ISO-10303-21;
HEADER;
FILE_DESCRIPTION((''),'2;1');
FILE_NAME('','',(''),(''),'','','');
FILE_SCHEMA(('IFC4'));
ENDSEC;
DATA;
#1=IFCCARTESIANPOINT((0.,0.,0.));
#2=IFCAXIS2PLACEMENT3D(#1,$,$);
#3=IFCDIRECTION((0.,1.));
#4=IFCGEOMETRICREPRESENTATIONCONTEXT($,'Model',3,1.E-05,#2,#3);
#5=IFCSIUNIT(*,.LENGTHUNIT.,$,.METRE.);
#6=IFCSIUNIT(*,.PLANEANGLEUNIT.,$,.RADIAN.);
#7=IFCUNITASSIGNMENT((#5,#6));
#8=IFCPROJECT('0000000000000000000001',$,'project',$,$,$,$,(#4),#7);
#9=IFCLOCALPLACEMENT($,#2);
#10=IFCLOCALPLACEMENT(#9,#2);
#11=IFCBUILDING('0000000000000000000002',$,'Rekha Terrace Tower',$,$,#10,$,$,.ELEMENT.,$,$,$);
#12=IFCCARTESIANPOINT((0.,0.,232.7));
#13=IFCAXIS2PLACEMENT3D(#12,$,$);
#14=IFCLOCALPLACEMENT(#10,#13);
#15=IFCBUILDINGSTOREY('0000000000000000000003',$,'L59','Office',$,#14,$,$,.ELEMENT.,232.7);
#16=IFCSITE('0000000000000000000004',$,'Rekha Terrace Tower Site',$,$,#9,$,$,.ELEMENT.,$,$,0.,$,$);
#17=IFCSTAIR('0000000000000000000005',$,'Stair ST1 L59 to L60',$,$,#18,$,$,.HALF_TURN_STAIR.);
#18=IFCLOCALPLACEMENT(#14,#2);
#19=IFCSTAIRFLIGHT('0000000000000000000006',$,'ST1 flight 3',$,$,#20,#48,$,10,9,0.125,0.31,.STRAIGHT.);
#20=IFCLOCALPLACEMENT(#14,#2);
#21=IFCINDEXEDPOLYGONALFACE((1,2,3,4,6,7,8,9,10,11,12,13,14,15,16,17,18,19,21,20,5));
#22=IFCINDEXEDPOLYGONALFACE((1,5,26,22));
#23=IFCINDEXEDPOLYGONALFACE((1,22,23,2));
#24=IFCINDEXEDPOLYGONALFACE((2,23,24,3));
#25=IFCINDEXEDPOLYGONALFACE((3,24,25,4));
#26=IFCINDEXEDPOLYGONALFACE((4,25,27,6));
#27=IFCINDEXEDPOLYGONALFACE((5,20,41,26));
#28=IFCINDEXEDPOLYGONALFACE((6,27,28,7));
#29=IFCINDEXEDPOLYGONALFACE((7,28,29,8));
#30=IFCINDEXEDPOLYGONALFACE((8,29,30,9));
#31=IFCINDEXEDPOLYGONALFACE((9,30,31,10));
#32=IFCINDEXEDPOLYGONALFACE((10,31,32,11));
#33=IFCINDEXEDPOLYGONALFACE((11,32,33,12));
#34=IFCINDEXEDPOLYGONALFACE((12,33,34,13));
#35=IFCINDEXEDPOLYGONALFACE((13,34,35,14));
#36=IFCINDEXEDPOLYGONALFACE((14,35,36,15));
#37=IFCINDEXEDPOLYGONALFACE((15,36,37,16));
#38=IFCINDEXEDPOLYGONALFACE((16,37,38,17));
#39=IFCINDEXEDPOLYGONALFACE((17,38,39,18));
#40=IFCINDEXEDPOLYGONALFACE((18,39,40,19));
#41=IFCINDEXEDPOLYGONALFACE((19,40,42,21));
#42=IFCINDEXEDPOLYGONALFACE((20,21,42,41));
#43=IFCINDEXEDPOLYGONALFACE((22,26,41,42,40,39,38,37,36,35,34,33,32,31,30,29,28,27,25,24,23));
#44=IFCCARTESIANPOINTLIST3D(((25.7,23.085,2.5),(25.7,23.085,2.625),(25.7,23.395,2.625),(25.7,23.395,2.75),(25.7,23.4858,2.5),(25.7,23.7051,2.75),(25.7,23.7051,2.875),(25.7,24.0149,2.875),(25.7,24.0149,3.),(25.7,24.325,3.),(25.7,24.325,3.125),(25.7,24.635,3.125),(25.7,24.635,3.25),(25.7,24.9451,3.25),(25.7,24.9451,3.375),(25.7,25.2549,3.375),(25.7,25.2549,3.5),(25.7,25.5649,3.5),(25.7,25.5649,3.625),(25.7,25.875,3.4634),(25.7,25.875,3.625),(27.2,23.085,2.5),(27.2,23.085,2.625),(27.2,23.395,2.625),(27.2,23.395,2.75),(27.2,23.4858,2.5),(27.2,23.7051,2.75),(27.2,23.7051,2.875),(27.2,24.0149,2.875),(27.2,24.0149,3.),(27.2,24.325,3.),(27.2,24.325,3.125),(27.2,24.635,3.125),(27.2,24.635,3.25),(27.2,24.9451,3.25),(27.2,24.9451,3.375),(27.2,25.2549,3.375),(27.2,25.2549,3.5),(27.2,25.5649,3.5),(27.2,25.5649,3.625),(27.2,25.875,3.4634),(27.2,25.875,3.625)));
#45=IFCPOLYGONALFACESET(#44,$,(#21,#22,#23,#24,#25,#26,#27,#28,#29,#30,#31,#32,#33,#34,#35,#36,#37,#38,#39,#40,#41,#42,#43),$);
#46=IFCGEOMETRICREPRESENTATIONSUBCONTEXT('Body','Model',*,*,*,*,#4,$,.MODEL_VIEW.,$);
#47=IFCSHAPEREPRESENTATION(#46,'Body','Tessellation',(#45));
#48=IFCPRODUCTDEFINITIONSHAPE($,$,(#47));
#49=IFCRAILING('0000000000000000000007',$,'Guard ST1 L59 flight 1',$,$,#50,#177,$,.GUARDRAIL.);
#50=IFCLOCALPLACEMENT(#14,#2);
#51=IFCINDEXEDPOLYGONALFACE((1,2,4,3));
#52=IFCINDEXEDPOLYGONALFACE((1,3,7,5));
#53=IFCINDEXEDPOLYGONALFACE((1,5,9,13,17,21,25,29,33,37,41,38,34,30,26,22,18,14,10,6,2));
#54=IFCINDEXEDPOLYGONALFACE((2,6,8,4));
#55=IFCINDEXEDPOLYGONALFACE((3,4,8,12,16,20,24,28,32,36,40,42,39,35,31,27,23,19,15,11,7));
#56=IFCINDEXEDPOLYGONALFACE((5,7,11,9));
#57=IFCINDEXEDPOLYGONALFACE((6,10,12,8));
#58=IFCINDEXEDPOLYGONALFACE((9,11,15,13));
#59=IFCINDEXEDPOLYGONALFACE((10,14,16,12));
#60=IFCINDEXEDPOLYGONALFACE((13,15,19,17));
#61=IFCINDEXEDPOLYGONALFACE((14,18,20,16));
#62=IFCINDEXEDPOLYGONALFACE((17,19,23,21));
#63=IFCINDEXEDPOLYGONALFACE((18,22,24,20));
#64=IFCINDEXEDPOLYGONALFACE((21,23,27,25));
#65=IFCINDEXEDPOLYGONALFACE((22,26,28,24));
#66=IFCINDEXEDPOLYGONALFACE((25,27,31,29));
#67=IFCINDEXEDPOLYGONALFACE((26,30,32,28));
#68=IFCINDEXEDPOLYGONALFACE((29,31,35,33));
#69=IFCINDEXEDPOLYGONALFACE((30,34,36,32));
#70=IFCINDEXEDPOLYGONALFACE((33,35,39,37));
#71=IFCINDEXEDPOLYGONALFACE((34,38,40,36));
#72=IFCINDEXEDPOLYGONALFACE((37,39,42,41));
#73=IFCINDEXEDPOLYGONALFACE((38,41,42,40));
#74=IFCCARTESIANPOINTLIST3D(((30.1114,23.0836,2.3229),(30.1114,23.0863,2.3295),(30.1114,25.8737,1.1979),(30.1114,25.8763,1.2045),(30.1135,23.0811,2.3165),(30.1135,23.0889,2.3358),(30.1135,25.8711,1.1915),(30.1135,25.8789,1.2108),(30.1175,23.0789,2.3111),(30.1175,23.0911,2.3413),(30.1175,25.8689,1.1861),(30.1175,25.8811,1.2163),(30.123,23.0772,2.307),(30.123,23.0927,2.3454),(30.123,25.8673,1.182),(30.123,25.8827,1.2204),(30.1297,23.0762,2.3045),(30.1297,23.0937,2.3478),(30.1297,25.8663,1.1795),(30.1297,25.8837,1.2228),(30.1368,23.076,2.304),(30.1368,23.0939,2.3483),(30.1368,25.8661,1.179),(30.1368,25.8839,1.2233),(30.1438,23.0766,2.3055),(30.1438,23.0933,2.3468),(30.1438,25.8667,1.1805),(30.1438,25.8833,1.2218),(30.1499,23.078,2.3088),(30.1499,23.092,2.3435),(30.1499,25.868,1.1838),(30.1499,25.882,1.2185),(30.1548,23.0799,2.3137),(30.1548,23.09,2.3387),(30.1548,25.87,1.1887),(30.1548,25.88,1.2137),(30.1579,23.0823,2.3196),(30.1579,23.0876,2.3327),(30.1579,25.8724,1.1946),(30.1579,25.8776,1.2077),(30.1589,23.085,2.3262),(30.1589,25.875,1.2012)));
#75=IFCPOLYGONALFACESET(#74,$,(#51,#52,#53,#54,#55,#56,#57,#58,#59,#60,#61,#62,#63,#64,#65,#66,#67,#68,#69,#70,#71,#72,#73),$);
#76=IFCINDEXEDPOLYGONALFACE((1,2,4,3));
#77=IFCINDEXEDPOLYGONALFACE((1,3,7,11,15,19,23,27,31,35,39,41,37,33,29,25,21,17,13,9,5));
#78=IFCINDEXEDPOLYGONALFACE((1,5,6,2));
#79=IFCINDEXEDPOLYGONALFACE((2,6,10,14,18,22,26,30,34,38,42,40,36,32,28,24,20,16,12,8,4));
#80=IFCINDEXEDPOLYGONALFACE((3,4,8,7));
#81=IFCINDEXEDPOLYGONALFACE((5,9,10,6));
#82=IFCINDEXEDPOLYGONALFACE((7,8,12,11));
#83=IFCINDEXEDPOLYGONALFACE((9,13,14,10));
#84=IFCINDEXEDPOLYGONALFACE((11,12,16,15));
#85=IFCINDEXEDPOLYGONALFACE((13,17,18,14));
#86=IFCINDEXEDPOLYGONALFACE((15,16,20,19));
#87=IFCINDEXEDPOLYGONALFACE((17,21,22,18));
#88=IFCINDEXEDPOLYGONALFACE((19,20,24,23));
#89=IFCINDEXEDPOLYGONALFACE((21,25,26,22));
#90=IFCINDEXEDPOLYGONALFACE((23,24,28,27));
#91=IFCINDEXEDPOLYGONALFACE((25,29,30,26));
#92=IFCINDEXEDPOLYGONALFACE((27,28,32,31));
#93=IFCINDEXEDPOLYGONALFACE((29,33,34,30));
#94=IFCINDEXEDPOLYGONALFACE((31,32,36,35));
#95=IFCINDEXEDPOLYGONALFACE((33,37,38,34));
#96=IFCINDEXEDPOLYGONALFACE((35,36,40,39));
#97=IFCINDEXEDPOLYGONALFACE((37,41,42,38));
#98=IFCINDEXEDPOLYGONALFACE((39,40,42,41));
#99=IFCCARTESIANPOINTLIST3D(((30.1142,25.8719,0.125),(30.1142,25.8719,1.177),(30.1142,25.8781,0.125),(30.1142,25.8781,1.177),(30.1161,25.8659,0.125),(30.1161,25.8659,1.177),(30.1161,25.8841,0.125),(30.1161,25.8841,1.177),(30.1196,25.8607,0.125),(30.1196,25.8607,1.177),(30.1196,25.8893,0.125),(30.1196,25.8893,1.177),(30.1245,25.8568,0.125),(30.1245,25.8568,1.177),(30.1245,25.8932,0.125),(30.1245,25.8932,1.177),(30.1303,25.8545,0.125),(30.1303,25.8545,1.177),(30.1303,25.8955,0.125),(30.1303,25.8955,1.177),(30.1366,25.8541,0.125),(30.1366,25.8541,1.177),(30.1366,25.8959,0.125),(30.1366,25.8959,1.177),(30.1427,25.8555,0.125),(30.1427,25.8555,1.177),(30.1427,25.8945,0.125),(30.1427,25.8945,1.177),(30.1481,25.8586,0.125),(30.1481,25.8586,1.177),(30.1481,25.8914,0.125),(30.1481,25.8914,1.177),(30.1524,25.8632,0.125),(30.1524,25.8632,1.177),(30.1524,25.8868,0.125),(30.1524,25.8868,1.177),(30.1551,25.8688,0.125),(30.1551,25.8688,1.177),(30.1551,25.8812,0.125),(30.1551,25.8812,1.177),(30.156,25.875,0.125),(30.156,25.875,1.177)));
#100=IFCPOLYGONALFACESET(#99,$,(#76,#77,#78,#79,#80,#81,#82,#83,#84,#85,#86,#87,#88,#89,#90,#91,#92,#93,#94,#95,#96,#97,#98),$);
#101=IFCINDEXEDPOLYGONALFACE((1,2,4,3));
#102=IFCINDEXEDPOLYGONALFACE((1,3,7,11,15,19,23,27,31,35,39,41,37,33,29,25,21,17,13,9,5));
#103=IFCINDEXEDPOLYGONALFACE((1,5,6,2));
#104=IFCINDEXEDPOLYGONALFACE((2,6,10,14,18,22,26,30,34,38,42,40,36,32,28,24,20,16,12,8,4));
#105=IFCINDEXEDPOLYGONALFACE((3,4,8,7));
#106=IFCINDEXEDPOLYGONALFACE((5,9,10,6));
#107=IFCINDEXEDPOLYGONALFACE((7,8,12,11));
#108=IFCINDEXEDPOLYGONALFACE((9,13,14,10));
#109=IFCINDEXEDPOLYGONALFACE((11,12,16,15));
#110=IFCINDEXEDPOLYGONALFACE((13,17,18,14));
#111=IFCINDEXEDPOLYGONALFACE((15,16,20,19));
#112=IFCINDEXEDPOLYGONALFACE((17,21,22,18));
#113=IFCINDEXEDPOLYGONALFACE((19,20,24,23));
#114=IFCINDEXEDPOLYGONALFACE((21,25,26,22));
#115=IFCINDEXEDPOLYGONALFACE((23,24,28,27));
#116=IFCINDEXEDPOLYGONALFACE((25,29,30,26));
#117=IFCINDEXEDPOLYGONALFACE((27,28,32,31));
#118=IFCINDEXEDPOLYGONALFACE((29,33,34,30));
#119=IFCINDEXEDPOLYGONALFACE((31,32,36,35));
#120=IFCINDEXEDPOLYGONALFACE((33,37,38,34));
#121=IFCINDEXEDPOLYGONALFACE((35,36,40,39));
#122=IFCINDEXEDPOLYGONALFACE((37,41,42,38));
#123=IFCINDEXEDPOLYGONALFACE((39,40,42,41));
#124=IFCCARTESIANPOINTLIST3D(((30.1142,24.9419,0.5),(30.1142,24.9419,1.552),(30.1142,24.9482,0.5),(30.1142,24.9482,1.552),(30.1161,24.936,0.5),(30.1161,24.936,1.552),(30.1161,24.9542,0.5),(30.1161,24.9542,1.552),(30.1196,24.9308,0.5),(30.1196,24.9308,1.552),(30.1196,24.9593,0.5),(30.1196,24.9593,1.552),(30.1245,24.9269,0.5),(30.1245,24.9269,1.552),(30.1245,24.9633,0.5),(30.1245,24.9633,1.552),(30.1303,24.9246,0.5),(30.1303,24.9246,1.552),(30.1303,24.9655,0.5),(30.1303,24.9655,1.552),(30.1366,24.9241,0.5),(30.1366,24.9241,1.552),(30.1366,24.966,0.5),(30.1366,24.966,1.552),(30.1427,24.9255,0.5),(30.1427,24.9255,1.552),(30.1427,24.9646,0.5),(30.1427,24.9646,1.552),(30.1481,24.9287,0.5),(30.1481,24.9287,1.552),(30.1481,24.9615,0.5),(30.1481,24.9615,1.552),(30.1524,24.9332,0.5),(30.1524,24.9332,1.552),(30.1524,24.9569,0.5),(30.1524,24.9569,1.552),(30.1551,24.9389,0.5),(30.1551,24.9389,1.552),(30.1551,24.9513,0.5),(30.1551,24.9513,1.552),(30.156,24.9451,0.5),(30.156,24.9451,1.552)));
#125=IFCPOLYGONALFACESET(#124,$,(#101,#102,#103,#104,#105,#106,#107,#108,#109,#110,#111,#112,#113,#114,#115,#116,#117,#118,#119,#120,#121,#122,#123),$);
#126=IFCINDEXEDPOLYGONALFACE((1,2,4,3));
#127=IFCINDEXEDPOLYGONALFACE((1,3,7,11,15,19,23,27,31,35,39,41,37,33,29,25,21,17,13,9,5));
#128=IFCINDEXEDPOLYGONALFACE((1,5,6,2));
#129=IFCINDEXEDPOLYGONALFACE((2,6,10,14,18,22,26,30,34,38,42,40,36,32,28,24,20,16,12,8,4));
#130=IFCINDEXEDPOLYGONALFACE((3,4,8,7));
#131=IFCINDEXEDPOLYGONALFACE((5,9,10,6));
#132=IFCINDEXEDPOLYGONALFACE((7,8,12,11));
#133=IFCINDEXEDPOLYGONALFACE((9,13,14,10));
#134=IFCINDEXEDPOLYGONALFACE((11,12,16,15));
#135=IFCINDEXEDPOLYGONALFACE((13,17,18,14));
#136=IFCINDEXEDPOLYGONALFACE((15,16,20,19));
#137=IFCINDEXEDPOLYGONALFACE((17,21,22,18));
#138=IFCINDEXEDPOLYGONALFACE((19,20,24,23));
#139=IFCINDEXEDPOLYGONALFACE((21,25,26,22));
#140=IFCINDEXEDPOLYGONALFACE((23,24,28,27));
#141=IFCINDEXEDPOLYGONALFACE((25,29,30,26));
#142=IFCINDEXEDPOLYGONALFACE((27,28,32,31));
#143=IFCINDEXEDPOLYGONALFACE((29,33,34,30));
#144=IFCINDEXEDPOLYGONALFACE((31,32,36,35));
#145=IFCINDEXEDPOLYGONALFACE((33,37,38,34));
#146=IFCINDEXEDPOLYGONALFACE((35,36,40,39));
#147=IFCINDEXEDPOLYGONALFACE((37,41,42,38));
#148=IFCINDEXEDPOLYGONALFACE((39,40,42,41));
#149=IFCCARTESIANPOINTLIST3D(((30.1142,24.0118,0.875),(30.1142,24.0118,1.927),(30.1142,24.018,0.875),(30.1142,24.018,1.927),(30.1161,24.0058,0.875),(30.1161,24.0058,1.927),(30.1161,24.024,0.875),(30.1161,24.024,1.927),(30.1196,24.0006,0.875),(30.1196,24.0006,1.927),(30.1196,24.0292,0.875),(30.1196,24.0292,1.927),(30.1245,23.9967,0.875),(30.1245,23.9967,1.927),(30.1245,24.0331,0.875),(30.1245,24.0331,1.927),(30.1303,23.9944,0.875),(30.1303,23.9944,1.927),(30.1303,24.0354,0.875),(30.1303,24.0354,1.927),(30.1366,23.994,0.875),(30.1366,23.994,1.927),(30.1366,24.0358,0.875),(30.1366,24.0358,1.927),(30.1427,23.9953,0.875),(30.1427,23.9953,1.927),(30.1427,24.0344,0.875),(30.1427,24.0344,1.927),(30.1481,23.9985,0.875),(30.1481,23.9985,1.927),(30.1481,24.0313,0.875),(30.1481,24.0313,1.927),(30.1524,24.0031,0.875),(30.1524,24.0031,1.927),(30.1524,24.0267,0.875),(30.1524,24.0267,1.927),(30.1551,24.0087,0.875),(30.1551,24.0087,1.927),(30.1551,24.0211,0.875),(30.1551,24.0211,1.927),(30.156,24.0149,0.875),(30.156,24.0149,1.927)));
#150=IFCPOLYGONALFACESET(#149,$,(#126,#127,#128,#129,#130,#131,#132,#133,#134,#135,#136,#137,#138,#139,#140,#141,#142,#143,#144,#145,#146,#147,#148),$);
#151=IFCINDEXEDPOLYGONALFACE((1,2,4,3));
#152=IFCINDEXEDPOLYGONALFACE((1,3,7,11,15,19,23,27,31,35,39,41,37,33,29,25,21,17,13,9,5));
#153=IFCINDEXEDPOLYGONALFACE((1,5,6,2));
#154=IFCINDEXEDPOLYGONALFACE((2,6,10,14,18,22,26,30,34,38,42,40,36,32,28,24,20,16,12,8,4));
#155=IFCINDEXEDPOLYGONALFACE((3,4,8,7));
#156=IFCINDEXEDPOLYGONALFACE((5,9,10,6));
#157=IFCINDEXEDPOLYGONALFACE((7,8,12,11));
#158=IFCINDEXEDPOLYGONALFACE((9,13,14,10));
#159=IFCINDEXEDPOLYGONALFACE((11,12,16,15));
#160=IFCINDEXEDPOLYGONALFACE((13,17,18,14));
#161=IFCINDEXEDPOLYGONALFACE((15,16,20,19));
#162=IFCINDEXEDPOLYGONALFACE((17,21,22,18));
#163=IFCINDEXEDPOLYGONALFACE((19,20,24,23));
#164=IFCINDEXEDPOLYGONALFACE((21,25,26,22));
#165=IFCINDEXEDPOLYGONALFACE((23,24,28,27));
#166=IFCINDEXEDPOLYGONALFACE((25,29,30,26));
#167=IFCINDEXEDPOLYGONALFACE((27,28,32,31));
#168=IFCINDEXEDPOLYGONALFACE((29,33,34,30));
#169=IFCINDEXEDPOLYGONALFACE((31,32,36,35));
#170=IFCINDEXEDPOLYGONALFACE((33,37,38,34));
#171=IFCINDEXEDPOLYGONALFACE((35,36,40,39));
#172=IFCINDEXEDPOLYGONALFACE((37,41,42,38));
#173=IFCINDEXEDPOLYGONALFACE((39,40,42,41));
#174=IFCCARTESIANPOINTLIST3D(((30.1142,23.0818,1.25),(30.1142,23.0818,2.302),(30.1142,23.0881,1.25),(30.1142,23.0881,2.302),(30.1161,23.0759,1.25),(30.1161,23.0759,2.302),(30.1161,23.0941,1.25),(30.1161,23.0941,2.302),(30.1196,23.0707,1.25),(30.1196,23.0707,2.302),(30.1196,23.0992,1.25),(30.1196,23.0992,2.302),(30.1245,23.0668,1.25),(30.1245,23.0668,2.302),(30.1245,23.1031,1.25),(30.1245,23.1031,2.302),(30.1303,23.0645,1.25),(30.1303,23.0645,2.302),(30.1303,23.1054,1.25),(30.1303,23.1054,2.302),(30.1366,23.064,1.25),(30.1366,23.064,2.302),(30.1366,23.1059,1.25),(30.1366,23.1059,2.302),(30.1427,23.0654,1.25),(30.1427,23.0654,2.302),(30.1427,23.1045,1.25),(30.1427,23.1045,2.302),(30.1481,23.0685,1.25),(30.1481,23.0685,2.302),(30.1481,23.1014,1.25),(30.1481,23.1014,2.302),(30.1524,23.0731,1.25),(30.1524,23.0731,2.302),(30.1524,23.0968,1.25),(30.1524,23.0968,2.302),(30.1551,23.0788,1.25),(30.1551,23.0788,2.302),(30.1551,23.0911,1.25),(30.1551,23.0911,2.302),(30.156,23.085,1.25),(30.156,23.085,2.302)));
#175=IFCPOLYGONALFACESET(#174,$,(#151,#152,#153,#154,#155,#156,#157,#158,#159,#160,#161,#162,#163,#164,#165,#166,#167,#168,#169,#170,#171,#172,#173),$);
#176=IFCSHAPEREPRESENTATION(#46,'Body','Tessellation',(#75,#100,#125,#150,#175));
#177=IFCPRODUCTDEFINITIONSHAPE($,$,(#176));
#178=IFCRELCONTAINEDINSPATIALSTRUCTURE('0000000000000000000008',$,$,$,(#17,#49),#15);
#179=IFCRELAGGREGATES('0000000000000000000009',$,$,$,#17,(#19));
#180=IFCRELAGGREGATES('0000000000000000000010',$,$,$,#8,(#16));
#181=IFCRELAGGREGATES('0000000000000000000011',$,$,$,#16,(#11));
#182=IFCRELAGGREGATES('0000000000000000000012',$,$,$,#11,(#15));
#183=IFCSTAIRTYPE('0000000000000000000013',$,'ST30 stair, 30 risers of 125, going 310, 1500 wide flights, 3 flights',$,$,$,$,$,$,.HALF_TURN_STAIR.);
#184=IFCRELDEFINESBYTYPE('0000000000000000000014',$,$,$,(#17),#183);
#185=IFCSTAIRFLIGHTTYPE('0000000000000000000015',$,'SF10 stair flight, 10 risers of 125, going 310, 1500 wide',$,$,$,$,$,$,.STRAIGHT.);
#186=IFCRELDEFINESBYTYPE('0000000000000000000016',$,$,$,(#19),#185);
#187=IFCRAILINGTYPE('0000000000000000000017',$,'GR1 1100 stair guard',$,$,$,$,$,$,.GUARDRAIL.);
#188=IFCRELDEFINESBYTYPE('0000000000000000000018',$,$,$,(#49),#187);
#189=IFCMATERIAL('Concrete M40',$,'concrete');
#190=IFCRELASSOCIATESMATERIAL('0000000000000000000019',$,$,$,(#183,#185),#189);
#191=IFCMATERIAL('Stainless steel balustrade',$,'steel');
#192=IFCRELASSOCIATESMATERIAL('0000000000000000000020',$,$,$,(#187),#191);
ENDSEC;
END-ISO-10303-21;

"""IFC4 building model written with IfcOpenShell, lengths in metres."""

from ifc_helpers import new_model, si_unit, direction, frame, origin, origin_2d, place, context, subcontext, project, spatial, polyline, circle, outline, extrude, material, type_object, element, aggregate, save


model = new_model("IFC4")

# Units and contexts
model_context = context("Model", 3, precision=1e-05, world=origin(), true_north=direction((0.0, 1.0)))
body_context = subcontext(model_context, "Body", "Model", "MODEL_VIEW")
ifc_project = project(units=[si_unit("LENGTHUNIT", "METRE"), si_unit("PLANEANGLEUNIT", "RADIAN")], contexts=[model_context])

# Site, building, storey
site_placement = place(None, origin())
site = spatial("IfcSite", under=ifc_project, at=site_placement, Name="Rekha Terrace Tower Site", CompositionType="ELEMENT", RefElevation=0.0)
building_placement = place(site_placement, origin())
building = spatial("IfcBuilding", under=site, at=building_placement, Name="Rekha Terrace Tower", CompositionType="ELEMENT")
storey_placement = place(building_placement, frame((0.0, 0.0, 232.7)))
storey = spatial("IfcBuildingStorey", under=building, at=storey_placement, Name="L59", Description="Office", CompositionType="ELEMENT", Elevation=232.7)

# Stair, stair flight
ifc_material_1 = material(Name="Concrete M40", Category="concrete")
stair_type = type_object("IfcStairType", Name="ST30 stair, 30 risers of 125, going 310, 1500 wide flights, 3 flights", PredefinedType="HALF_TURN_STAIR", material=ifc_material_1)
stair_placement = place(storey_placement, origin())
stair = element("IfcStair", 1, at=stair_placement, inside=storey, type_object=stair_type, Name="Stair ST1 L59 to L60", PredefinedType="HALF_TURN_STAIR")
stair_flight_type = type_object("IfcStairFlightType", Name="SF10 stair flight, 10 risers of 125, going 310, 1500 wide", PredefinedType="STRAIGHT", material=ifc_material_1)
stair_flight_1_placement = place(storey_placement, frame((26.45, 23.085, 2.5), z_axis=(0.0, 0.0, 1.0), x_axis=(0.0, 1.0, 0.0)))
stair_flight_1 = element("IfcStairFlight", 2, at=stair_flight_1_placement, type_object=stair_flight_type, Name="ST1 flight 3", NumberOfRisers=10, NumberOfTreads=9, PredefinedType="STRAIGHT", RiserHeight=0.125, TreadLength=0.31, context=body_context, shape_type="SweptSolid", body=[
    extrude(outline(polyline([(0.0, 0.0), (0.0, 0.125), (0.3101, 0.125), (0.3101, 0.25), (0.6201, 0.25), (0.6201, 0.375), (0.9299, 0.375), (0.9299, 0.5), (1.24, 0.5), (1.24, 0.625), (1.55, 0.625), (1.55, 0.75), (1.8601, 0.75), (1.8601, 0.875), (2.1699, 0.875), (2.1699, 1.0), (2.48, 1.0), (2.48, 1.125), (2.79, 1.125), (2.79, 1.25), (2.79, 0.9634), (0.4009, 0.0), (0.0, 0.0)])), frame((0.0, 0.75, 0.0), z_axis=(0.0, -1.0, 0.0), x_axis=(1.0, 0.0, 0.0)), (0.0, 0.0, 1.0), 1.5),
])
aggregate(stair, [stair_flight_1])

# Railing
ifc_material_2 = material(Name="Stainless steel balustrade", Category="steel")
railing_type_1 = type_object("IfcRailingType", Name="GR1 1100 stair guard", PredefinedType="GUARDRAIL", material=ifc_material_2)
railing_1_placement = place(storey_placement, frame((30.135, 25.875, 0.125)))
element("IfcRailing", 3, at=railing_1_placement, inside=storey, type_object=railing_type_1, Name="Guard ST1 L59 flight 1", PredefinedType="GUARDRAIL", context=body_context, shape_type="SweptSolid", body=[
    extrude(circle(Radius=0.0239, at=origin_2d()), frame((0.0, 0.0, 1.0762), z_axis=(0.0, -0.927443, 0.373964), x_axis=(1.0, 0.0, 0.0)), (0.0, 0.0, 1.0), 3.0083),
    extrude(circle(Radius=0.021, at=origin_2d()), origin(), (0.0, 0.0, 1.0), 1.052),
    extrude(circle(Radius=0.021, at=origin_2d()), frame((0.0, -0.9299, 0.375)), (0.0, 0.0, 1.0), 1.052),
    extrude(circle(Radius=0.021, at=origin_2d()), frame((0.0, -1.8601, 0.75)), (0.0, 0.0, 1.0), 1.052),
    extrude(circle(Radius=0.021, at=origin_2d()), frame((0.0, -2.79, 1.125)), (0.0, 0.0, 1.0), 1.052),
])

save(model, "model.ifc")
